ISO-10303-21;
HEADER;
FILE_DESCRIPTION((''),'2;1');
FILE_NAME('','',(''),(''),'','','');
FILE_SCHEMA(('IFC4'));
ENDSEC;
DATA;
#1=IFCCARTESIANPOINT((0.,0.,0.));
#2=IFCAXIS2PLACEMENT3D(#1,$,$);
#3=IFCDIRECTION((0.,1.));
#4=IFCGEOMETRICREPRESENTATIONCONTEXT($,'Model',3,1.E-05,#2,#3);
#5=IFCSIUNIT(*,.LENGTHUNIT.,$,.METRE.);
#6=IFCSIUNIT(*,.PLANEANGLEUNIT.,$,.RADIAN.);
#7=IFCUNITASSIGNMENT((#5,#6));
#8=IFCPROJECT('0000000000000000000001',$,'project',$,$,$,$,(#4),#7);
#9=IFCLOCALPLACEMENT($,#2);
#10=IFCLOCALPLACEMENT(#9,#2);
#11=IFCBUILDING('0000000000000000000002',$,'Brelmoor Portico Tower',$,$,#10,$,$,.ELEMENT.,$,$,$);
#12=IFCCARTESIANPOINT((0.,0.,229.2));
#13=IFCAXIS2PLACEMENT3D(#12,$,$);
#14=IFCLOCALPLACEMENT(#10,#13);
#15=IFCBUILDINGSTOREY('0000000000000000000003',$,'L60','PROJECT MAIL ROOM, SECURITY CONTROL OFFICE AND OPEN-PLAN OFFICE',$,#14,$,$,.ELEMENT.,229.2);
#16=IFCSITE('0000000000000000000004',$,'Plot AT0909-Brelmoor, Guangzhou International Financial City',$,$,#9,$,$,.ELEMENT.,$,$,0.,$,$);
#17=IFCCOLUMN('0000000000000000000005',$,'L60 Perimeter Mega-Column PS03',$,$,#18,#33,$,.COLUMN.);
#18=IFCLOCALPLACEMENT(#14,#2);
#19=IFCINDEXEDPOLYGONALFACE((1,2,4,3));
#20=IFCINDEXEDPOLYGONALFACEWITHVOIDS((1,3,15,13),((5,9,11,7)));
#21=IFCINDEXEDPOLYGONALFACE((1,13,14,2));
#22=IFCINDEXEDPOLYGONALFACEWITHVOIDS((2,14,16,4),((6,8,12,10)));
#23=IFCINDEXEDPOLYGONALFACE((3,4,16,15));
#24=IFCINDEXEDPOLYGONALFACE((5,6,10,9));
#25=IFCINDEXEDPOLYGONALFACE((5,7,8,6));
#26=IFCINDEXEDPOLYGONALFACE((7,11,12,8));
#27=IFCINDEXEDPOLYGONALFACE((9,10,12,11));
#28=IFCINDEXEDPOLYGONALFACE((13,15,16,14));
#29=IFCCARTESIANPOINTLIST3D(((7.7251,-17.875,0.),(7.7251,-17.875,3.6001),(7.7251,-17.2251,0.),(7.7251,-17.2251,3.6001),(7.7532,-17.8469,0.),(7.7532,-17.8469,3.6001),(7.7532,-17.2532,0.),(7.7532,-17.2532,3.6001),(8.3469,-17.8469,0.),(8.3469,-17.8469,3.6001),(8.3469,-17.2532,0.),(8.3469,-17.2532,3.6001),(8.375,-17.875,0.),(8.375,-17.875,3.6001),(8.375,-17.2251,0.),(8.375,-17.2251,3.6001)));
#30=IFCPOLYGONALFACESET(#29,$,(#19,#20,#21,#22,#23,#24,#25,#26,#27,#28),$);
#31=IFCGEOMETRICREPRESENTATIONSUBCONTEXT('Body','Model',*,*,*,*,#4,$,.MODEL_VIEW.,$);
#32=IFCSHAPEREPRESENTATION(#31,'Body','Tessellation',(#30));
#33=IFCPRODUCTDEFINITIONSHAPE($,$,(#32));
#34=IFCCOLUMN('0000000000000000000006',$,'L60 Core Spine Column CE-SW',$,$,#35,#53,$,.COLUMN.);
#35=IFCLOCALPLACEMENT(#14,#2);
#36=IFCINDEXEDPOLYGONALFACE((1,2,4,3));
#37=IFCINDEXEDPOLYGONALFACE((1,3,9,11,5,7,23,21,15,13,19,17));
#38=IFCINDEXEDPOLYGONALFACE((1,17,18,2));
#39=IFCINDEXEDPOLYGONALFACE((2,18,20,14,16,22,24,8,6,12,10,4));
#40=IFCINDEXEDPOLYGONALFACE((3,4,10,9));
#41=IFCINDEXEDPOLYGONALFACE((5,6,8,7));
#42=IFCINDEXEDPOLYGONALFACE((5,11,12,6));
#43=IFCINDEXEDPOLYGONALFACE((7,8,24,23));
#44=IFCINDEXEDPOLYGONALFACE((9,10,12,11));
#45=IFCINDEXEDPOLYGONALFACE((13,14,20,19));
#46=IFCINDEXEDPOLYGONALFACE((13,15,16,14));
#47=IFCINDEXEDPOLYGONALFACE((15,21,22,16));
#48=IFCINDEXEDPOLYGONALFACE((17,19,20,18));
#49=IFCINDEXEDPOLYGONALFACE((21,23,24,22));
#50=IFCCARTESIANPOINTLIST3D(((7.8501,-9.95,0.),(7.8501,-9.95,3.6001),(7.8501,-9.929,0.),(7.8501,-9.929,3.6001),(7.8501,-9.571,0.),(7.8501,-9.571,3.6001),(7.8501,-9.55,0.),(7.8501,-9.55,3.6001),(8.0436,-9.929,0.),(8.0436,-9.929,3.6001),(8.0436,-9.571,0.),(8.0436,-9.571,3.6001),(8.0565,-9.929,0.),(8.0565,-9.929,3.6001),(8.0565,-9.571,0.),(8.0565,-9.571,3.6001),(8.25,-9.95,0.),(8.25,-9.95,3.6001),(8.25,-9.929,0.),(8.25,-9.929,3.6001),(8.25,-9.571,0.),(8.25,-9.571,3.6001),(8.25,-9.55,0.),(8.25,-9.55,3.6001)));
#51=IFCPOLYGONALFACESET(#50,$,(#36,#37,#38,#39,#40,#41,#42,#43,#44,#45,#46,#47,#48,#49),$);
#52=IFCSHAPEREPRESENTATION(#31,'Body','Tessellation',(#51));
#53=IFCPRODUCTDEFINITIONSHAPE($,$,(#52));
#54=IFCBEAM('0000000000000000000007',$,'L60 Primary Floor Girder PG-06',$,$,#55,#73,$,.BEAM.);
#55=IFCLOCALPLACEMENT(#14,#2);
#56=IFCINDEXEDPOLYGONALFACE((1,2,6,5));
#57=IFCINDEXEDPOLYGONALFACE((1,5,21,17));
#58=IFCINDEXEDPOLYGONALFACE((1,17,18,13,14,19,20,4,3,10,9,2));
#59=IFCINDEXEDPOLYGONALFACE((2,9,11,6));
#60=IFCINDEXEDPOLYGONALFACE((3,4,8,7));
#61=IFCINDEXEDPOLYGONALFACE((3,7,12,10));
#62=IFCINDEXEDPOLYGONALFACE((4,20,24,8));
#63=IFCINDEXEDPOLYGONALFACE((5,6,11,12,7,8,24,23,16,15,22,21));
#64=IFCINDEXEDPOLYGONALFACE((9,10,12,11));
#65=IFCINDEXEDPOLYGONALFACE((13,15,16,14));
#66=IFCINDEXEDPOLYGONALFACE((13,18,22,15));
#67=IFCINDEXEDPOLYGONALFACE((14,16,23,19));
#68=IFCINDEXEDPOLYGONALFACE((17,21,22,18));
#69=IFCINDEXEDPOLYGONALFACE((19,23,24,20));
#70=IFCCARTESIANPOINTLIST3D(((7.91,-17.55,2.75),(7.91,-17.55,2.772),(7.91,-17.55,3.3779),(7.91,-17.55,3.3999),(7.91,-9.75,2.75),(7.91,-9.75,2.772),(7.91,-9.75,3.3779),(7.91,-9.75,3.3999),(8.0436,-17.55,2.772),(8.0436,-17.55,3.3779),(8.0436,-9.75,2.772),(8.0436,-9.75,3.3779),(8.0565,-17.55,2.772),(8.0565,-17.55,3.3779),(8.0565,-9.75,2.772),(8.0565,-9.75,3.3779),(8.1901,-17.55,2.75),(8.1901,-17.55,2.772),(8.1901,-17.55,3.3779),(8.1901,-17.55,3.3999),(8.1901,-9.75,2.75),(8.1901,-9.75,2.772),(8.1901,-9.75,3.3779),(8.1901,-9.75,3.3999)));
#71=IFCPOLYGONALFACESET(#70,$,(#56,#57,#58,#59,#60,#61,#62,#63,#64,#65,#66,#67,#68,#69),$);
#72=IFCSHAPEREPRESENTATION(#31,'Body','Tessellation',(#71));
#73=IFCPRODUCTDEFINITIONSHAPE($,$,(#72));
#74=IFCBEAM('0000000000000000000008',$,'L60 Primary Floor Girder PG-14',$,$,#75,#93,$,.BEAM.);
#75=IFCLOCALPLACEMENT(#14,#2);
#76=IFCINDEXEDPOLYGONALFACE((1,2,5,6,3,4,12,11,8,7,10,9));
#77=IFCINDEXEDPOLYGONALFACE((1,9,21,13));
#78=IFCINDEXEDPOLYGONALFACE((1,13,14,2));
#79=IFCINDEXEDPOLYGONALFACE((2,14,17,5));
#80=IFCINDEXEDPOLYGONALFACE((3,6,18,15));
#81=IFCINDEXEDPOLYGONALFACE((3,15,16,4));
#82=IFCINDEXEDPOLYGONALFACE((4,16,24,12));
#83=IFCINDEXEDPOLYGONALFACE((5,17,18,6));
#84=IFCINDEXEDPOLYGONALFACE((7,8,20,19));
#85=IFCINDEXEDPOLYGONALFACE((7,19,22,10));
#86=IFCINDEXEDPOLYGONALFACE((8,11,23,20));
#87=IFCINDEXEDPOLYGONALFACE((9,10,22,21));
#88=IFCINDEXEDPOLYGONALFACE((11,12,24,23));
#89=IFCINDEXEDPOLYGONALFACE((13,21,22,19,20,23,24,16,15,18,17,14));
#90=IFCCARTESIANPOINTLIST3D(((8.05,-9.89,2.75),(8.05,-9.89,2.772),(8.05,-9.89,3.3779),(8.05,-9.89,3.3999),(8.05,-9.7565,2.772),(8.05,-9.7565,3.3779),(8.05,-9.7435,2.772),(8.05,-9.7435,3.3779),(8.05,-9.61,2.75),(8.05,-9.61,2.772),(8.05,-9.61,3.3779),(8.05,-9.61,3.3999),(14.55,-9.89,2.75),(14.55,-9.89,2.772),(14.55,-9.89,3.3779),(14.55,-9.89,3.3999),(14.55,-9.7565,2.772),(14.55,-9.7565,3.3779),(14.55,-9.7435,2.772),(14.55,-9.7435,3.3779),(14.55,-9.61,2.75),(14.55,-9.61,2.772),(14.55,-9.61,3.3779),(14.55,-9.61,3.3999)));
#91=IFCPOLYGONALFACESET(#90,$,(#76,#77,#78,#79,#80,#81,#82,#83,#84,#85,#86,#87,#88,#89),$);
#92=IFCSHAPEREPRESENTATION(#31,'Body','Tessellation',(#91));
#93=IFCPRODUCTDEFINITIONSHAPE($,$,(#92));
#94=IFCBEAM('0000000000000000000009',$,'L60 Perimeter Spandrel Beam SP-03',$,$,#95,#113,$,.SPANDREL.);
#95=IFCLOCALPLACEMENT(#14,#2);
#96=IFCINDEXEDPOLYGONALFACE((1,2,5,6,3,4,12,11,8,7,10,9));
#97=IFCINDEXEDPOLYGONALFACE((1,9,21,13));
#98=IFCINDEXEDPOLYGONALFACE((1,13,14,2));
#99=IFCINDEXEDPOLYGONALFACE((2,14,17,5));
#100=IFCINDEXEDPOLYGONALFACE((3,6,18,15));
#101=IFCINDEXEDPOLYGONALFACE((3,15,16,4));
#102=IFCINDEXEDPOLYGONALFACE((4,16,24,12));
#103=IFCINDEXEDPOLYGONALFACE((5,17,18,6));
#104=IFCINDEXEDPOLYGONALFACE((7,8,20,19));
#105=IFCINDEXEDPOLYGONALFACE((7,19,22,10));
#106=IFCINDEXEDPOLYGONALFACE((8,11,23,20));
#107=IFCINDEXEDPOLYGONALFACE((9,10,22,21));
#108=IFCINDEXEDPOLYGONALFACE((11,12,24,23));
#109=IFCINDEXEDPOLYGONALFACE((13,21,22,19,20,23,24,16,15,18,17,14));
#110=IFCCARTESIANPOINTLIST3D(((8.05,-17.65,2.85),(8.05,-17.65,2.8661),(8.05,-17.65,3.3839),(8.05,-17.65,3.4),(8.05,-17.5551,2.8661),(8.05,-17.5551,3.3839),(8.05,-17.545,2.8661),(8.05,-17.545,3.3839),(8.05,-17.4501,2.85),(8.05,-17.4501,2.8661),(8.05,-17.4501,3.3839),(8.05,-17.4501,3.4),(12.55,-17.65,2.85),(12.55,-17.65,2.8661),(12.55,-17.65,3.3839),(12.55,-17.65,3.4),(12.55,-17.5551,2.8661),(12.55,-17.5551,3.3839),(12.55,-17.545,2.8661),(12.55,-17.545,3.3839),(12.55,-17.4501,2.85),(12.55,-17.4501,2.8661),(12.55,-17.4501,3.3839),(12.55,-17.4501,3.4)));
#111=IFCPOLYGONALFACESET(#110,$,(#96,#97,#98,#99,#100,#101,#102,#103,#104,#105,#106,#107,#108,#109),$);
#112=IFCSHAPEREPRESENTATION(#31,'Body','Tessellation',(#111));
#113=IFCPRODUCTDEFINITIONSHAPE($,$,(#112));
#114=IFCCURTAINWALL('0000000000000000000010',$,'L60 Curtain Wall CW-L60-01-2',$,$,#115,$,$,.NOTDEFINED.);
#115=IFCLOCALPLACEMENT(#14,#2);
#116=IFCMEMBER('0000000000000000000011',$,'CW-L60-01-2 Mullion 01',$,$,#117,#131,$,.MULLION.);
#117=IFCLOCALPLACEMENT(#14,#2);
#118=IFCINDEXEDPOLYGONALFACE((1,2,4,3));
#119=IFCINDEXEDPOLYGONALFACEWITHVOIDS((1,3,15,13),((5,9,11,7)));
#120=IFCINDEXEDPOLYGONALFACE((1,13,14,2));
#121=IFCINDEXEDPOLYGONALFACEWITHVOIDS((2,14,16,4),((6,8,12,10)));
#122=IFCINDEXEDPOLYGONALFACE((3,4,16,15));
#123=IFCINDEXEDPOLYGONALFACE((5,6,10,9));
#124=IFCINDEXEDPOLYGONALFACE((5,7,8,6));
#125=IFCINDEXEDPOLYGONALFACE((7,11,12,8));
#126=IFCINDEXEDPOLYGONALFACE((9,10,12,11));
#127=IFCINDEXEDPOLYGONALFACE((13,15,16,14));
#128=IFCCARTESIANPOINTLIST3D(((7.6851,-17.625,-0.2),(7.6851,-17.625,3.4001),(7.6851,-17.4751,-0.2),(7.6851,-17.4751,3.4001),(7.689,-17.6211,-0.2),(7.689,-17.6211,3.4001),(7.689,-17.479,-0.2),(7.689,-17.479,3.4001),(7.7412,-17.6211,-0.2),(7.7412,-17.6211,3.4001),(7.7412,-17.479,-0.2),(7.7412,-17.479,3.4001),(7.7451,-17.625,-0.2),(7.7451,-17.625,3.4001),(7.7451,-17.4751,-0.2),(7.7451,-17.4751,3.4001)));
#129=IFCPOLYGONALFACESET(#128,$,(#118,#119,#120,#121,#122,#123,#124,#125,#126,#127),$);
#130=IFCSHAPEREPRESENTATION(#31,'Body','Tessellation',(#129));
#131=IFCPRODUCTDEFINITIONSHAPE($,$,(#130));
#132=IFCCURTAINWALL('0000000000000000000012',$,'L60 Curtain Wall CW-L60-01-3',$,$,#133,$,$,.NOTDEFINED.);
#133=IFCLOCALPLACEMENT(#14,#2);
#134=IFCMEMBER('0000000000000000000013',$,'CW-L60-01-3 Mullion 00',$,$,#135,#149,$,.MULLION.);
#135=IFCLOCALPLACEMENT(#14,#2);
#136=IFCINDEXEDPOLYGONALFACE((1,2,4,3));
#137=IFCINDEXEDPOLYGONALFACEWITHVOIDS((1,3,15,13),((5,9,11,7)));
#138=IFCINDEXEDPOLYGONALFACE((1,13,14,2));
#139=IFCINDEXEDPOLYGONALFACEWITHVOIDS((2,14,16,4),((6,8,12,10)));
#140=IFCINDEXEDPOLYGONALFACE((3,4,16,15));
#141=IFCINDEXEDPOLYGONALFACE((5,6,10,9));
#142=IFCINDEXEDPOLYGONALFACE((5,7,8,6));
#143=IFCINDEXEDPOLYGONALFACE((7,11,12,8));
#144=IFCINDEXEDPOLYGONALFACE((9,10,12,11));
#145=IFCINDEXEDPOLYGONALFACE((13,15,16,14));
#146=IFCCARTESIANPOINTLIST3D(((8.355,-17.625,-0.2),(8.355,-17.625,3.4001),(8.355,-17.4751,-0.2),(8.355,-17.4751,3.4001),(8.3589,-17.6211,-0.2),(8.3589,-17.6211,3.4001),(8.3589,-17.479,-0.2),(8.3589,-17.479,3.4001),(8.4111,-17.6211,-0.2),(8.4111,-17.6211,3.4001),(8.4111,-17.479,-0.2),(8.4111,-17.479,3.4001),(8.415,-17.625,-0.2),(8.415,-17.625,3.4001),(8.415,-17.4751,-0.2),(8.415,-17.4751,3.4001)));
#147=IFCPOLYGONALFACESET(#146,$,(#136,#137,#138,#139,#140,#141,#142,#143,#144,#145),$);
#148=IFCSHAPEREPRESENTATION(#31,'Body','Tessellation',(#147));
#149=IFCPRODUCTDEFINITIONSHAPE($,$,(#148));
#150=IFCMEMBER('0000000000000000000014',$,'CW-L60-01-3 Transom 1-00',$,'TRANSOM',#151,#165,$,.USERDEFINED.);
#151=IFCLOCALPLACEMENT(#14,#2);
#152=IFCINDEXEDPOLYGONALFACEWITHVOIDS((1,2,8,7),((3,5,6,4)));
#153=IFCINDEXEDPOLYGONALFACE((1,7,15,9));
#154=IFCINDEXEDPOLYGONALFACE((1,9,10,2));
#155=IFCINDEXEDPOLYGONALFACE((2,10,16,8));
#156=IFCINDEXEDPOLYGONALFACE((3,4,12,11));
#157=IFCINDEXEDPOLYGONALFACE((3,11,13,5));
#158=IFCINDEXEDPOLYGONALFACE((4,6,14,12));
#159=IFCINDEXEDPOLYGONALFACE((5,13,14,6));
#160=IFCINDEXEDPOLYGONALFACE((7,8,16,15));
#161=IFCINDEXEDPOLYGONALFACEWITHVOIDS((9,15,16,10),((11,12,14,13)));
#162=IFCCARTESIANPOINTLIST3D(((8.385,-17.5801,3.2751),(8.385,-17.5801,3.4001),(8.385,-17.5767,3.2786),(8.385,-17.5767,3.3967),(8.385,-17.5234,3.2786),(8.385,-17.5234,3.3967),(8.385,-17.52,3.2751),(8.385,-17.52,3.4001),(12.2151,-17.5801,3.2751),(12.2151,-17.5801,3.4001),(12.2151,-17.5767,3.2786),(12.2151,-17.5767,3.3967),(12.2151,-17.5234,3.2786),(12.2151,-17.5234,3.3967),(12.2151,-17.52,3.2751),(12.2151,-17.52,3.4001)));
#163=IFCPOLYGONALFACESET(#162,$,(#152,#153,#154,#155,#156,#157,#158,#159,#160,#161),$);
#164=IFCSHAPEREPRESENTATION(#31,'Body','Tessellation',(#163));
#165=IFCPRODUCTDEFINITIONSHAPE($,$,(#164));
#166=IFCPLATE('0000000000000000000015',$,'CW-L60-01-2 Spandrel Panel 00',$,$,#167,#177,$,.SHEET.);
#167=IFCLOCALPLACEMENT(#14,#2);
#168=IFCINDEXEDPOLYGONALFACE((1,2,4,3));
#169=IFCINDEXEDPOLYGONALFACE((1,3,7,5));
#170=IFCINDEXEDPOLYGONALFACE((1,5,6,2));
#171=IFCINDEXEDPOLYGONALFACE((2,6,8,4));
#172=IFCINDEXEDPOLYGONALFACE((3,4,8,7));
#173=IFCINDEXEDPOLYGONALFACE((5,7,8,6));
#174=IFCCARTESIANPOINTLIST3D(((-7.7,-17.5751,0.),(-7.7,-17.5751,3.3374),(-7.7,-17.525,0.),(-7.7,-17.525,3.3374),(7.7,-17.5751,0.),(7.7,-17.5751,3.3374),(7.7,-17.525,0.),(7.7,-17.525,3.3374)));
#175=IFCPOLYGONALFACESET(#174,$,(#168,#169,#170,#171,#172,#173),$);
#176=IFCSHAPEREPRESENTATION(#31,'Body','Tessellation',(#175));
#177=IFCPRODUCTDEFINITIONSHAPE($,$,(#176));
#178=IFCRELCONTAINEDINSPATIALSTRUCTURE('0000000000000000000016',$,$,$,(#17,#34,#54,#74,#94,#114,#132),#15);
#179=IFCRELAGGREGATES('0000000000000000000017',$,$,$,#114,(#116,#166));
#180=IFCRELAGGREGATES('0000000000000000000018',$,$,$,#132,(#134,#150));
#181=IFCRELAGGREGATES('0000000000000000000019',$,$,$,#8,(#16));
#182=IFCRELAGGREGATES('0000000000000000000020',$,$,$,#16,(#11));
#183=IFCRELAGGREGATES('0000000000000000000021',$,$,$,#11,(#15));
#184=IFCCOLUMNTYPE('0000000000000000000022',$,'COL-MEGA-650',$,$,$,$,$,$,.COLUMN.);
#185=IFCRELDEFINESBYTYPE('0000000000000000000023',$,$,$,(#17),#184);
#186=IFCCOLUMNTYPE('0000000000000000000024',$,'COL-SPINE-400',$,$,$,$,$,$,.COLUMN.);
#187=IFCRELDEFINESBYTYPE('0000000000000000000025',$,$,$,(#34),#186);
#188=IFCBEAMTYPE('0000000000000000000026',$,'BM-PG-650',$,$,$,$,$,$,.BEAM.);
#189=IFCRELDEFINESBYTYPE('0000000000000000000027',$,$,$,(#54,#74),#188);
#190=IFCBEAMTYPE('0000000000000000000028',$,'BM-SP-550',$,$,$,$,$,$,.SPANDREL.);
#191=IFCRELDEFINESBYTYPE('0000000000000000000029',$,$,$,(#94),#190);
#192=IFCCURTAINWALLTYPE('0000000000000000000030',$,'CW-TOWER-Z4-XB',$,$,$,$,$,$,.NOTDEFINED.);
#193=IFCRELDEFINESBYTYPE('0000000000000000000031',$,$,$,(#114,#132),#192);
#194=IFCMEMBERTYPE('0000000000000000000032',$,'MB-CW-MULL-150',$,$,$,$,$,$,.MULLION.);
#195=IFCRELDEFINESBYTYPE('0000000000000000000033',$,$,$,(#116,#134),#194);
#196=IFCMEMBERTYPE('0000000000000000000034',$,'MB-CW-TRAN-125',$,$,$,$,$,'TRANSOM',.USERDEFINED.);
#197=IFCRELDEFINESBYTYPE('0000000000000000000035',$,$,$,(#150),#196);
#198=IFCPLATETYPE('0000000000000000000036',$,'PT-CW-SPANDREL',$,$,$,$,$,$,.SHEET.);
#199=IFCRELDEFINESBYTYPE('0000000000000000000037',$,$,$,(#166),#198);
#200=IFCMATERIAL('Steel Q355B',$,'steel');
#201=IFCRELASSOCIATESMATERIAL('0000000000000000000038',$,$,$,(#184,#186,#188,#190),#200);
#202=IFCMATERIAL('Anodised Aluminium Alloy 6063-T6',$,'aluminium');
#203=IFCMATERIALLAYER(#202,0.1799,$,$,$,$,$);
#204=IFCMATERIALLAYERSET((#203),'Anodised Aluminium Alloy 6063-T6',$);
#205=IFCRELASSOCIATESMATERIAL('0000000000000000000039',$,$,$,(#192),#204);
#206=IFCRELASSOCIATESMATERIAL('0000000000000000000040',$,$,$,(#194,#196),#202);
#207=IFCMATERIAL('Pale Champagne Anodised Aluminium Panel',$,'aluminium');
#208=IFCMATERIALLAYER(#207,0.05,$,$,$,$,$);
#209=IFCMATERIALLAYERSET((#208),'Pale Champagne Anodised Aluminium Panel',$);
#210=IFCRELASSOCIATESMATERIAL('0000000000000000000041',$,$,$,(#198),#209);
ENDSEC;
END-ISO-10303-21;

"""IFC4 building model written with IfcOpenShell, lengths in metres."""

from ifc_helpers import new_model, si_unit, direction, frame, origin, origin_2d, place, context, subcontext, project, spatial, rectangle, hollow_rectangle, i_section, extrude, material, layer, layer_set, material_profile, profile_set, type_object, element, aggregate, save


model = new_model("IFC4")

# Units and contexts
model_context = context("Model", 3, precision=1e-05, world=origin(), true_north=direction((0.0, 1.0)))
body_context = subcontext(model_context, "Body", "Model", "MODEL_VIEW")
ifc_project = project(units=[si_unit("LENGTHUNIT", "METRE"), si_unit("PLANEANGLEUNIT", "RADIAN")], contexts=[model_context])

# Site, building, storey
site_placement = place(None, origin())
site = spatial("IfcSite", under=ifc_project, at=site_placement, Name="Plot AT0909-Brelmoor, Guangzhou International Financial City", CompositionType="ELEMENT", RefElevation=0.0)
building_placement = place(site_placement, origin())
building = spatial("IfcBuilding", under=site, at=building_placement, Name="Brelmoor Portico Tower", CompositionType="ELEMENT")
storey_placement = place(building_placement, frame((0.0, 0.0, 229.2)))
storey = spatial("IfcBuildingStorey", under=building, at=storey_placement, Name="L60", Description="PROJECT MAIL ROOM, SECURITY CONTROL OFFICE AND OPEN-PLAN OFFICE", CompositionType="ELEMENT", Elevation=229.2)

# Columns
ifc_material_1 = material(Name="Steel Q355B", Category="steel")
ifc_material_profile_1 = material_profile(ifc_material_1, hollow_rectangle(XDim=0.6499, YDim=0.6499, WallThickness=0.0281, at=origin_2d()), Name="BOX 650x650x28")
ifc_profile_set_1 = profile_set([ifc_material_profile_1], Name="Steel Q355B")
column_type_1 = type_object("IfcColumnType", Name="COL-MEGA-650", PredefinedType="COLUMN", material=ifc_profile_set_1)
column_1_placement = place(storey_placement, frame((8.05, -17.55, 0.0), z_axis=(0.0, 0.0, 1.0), x_axis=(1.0, 0.0, 0.0)))
element("IfcColumn", 1, at=column_1_placement, inside=storey, type_object=column_type_1, Name="L60 Perimeter Mega-Column PS03", PredefinedType="COLUMN", context=body_context, shape_type="SweptSolid", body=[
    extrude(hollow_rectangle(XDim=0.6499, YDim=0.6499, WallThickness=0.0281, at=origin_2d()), origin(), (0.0, 0.0, 1.0), 3.6001),
])
ifc_material_profile_2 = material_profile(ifc_material_1, i_section(OverallWidth=0.3999, OverallDepth=0.3999, WebThickness=0.0129, FlangeThickness=0.021, at=origin_2d()), Name="HW 400x400x13x21")
ifc_profile_set_2 = profile_set([ifc_material_profile_2], Name="Steel Q355B")
column_type_2 = type_object("IfcColumnType", Name="COL-SPINE-400", PredefinedType="COLUMN", material=ifc_profile_set_2)
column_2_placement = place(storey_placement, frame((8.05, -9.75, 0.0), z_axis=(0.0, 0.0, 1.0), x_axis=(1.0, 0.0, 0.0)))
element("IfcColumn", 2, at=column_2_placement, inside=storey, type_object=column_type_2, Name="L60 Core Spine Column CE-SW", PredefinedType="COLUMN", context=body_context, shape_type="SweptSolid", body=[
    extrude(i_section(OverallWidth=0.3999, OverallDepth=0.3999, WebThickness=0.0129, FlangeThickness=0.021, at=origin_2d()), origin(), (0.0, 0.0, 1.0), 3.6001),
])

# Beams
ifc_material_profile_3 = material_profile(ifc_material_1, i_section(OverallWidth=0.28, OverallDepth=0.6499, WebThickness=0.0129, FlangeThickness=0.022, at=origin_2d()), Name="HN 650x280x13x22")
ifc_profile_set_3 = profile_set([ifc_material_profile_3], Name="Steel Q355B")
beam_type_1 = type_object("IfcBeamType", Name="BM-PG-650", PredefinedType="BEAM", material=ifc_profile_set_3)
beam_1_placement = place(storey_placement, frame((8.05, -17.55, 3.075), z_axis=(0.0, 1.0, 0.0), x_axis=(-1.0, 0.0, 0.0)))
element("IfcBeam", 3, at=beam_1_placement, inside=storey, type_object=beam_type_1, Name="L60 Primary Floor Girder PG-06", PredefinedType="BEAM", context=body_context, shape_type="SweptSolid", body=[
    extrude(i_section(OverallWidth=0.28, OverallDepth=0.6499, WebThickness=0.0129, FlangeThickness=0.022, at=origin_2d()), origin(), (0.0, 0.0, 1.0), 7.8),
])
beam_2_placement = place(storey_placement, frame((8.05, -9.75, 3.075), z_axis=(1.0, 0.0, 0.0), x_axis=(0.0, 1.0, 0.0)))
element("IfcBeam", 4, at=beam_2_placement, inside=storey, type_object=beam_type_1, Name="L60 Primary Floor Girder PG-14", PredefinedType="BEAM", context=body_context, shape_type="SweptSolid", body=[
    extrude(i_section(OverallWidth=0.28, OverallDepth=0.6499, WebThickness=0.0129, FlangeThickness=0.022, at=origin_2d()), origin(), (0.0, 0.0, 1.0), 6.5),
])
ifc_material_profile_4 = material_profile(ifc_material_1, i_section(OverallWidth=0.2, OverallDepth=0.55, WebThickness=0.01, FlangeThickness=0.0161, at=origin_2d()), Name="HN 550x200x10x16")
ifc_profile_set_4 = profile_set([ifc_material_profile_4], Name="Steel Q355B")
beam_type_2 = type_object("IfcBeamType", Name="BM-SP-550", PredefinedType="SPANDREL", material=ifc_profile_set_4)
beam_3_placement = place(storey_placement, frame((8.05, -17.55, 3.125), z_axis=(1.0, 0.0, 0.0), x_axis=(0.0, 1.0, 0.0)))
element("IfcBeam", 5, at=beam_3_placement, inside=storey, type_object=beam_type_2, Name="L60 Perimeter Spandrel Beam SP-03", PredefinedType="SPANDREL", context=body_context, shape_type="SweptSolid", body=[
    extrude(i_section(OverallWidth=0.2, OverallDepth=0.55, WebThickness=0.01, FlangeThickness=0.0161, at=origin_2d()), origin(), (0.0, 0.0, 1.0), 4.5),
])

# Curtain wall, member
ifc_material_2 = material(Name="Anodised Aluminium Alloy 6063-T6", Category="aluminium")
ifc_layer_1 = layer(ifc_material_2, 0.1799)
ifc_layer_set_1 = layer_set([ifc_layer_1], Name="Anodised Aluminium Alloy 6063-T6")
curtain_wall_type = type_object("IfcCurtainWallType", Name="CW-TOWER-Z4-XB", PredefinedType="NOTDEFINED", material=ifc_layer_set_1)
curtain_wall_1_placement = place(storey_placement, origin())
curtain_wall_1 = element("IfcCurtainWall", 6, at=curtain_wall_1_placement, inside=storey, type_object=curtain_wall_type, Name="L60 Curtain Wall CW-L60-01-2", PredefinedType="NOTDEFINED")
ifc_material_profile_5 = material_profile(ifc_material_2, hollow_rectangle(XDim=0.0601, YDim=0.1499, WallThickness=0.0039, at=origin_2d()), Name="ALU MULLION 60x150")
ifc_profile_set_5 = profile_set([ifc_material_profile_5], Name="Anodised Aluminium Alloy 6063-T6")
member_type_1 = type_object("IfcMemberType", Name="MB-CW-MULL-150", PredefinedType="MULLION", material=ifc_profile_set_5)
member_1_placement = place(storey_placement, frame((7.7151, -17.55, -0.2), z_axis=(0.0, 0.0, 1.0), x_axis=(1.0, 0.0, 0.0)))
member_1 = element("IfcMember", 7, at=member_1_placement, type_object=member_type_1, Name="CW-L60-01-2 Mullion 01", PredefinedType="MULLION", context=body_context, shape_type="SweptSolid", body=[
    extrude(hollow_rectangle(XDim=0.0601, YDim=0.1499, WallThickness=0.0039, at=origin_2d()), origin(), (0.0, 0.0, 1.0), 3.6001),
])

# Curtain wall, members
curtain_wall_2_placement = place(storey_placement, origin())
curtain_wall_2 = element("IfcCurtainWall", 8, at=curtain_wall_2_placement, inside=storey, type_object=curtain_wall_type, Name="L60 Curtain Wall CW-L60-01-3", PredefinedType="NOTDEFINED")
member_2_placement = place(storey_placement, frame((8.385, -17.55, -0.2), z_axis=(0.0, 0.0, 1.0), x_axis=(1.0, 0.0, 0.0)))
member_2 = element("IfcMember", 9, at=member_2_placement, type_object=member_type_1, Name="CW-L60-01-3 Mullion 00", PredefinedType="MULLION", context=body_context, shape_type="SweptSolid", body=[
    extrude(hollow_rectangle(XDim=0.0601, YDim=0.1499, WallThickness=0.0039, at=origin_2d()), origin(), (0.0, 0.0, 1.0), 3.6001),
])
ifc_material_profile_6 = material_profile(ifc_material_2, hollow_rectangle(XDim=0.0601, YDim=0.125, WallThickness=0.0034, at=origin_2d()), Name="ALU TRANSOM 60x125")
ifc_profile_set_6 = profile_set([ifc_material_profile_6], Name="Anodised Aluminium Alloy 6063-T6")
member_type_2 = type_object("IfcMemberType", Name="MB-CW-TRAN-125", ElementType="TRANSOM", PredefinedType="USERDEFINED", material=ifc_profile_set_6)
member_3_placement = place(storey_placement, frame((8.385, -17.55, 3.3376), z_axis=(1.0, 0.0, 0.0), x_axis=(0.0, 1.0, 0.0)))
member_3 = element("IfcMember", 10, at=member_3_placement, type_object=member_type_2, Name="CW-L60-01-3 Transom 1-00", ObjectType="TRANSOM", PredefinedType="USERDEFINED", context=body_context, shape_type="SweptSolid", body=[
    extrude(hollow_rectangle(XDim=0.0601, YDim=0.125, WallThickness=0.0034, at=origin_2d()), origin(), (0.0, 0.0, 1.0), 3.8301),
])

# Plate
ifc_material_3 = material(Name="Pale Champagne Anodised Aluminium Panel", Category="aluminium")
ifc_layer_2 = layer(ifc_material_3, 0.05)
ifc_layer_set_2 = layer_set([ifc_layer_2], Name="Pale Champagne Anodised Aluminium Panel")
plate_type_1 = type_object("IfcPlateType", Name="PT-CW-SPANDREL", PredefinedType="SHEET", material=ifc_layer_set_2)
plate_1_placement = place(storey_placement, frame((0.0, -17.55, 0.0), z_axis=(0.0, 0.0, 1.0), x_axis=(1.0, 0.0, 0.0)))
plate_1 = element("IfcPlate", 11, at=plate_1_placement, type_object=plate_type_1, Name="CW-L60-01-2 Spandrel Panel 00", PredefinedType="SHEET", context=body_context, shape_type="SweptSolid", body=[
    extrude(rectangle(XDim=15.3999, YDim=0.05, at=origin_2d()), origin(), (0.0, 0.0, 1.0), 3.3374),
])
aggregate(curtain_wall_1, [member_1, plate_1])
aggregate(curtain_wall_2, [member_2, member_3])

save(model, "model.ifc")
